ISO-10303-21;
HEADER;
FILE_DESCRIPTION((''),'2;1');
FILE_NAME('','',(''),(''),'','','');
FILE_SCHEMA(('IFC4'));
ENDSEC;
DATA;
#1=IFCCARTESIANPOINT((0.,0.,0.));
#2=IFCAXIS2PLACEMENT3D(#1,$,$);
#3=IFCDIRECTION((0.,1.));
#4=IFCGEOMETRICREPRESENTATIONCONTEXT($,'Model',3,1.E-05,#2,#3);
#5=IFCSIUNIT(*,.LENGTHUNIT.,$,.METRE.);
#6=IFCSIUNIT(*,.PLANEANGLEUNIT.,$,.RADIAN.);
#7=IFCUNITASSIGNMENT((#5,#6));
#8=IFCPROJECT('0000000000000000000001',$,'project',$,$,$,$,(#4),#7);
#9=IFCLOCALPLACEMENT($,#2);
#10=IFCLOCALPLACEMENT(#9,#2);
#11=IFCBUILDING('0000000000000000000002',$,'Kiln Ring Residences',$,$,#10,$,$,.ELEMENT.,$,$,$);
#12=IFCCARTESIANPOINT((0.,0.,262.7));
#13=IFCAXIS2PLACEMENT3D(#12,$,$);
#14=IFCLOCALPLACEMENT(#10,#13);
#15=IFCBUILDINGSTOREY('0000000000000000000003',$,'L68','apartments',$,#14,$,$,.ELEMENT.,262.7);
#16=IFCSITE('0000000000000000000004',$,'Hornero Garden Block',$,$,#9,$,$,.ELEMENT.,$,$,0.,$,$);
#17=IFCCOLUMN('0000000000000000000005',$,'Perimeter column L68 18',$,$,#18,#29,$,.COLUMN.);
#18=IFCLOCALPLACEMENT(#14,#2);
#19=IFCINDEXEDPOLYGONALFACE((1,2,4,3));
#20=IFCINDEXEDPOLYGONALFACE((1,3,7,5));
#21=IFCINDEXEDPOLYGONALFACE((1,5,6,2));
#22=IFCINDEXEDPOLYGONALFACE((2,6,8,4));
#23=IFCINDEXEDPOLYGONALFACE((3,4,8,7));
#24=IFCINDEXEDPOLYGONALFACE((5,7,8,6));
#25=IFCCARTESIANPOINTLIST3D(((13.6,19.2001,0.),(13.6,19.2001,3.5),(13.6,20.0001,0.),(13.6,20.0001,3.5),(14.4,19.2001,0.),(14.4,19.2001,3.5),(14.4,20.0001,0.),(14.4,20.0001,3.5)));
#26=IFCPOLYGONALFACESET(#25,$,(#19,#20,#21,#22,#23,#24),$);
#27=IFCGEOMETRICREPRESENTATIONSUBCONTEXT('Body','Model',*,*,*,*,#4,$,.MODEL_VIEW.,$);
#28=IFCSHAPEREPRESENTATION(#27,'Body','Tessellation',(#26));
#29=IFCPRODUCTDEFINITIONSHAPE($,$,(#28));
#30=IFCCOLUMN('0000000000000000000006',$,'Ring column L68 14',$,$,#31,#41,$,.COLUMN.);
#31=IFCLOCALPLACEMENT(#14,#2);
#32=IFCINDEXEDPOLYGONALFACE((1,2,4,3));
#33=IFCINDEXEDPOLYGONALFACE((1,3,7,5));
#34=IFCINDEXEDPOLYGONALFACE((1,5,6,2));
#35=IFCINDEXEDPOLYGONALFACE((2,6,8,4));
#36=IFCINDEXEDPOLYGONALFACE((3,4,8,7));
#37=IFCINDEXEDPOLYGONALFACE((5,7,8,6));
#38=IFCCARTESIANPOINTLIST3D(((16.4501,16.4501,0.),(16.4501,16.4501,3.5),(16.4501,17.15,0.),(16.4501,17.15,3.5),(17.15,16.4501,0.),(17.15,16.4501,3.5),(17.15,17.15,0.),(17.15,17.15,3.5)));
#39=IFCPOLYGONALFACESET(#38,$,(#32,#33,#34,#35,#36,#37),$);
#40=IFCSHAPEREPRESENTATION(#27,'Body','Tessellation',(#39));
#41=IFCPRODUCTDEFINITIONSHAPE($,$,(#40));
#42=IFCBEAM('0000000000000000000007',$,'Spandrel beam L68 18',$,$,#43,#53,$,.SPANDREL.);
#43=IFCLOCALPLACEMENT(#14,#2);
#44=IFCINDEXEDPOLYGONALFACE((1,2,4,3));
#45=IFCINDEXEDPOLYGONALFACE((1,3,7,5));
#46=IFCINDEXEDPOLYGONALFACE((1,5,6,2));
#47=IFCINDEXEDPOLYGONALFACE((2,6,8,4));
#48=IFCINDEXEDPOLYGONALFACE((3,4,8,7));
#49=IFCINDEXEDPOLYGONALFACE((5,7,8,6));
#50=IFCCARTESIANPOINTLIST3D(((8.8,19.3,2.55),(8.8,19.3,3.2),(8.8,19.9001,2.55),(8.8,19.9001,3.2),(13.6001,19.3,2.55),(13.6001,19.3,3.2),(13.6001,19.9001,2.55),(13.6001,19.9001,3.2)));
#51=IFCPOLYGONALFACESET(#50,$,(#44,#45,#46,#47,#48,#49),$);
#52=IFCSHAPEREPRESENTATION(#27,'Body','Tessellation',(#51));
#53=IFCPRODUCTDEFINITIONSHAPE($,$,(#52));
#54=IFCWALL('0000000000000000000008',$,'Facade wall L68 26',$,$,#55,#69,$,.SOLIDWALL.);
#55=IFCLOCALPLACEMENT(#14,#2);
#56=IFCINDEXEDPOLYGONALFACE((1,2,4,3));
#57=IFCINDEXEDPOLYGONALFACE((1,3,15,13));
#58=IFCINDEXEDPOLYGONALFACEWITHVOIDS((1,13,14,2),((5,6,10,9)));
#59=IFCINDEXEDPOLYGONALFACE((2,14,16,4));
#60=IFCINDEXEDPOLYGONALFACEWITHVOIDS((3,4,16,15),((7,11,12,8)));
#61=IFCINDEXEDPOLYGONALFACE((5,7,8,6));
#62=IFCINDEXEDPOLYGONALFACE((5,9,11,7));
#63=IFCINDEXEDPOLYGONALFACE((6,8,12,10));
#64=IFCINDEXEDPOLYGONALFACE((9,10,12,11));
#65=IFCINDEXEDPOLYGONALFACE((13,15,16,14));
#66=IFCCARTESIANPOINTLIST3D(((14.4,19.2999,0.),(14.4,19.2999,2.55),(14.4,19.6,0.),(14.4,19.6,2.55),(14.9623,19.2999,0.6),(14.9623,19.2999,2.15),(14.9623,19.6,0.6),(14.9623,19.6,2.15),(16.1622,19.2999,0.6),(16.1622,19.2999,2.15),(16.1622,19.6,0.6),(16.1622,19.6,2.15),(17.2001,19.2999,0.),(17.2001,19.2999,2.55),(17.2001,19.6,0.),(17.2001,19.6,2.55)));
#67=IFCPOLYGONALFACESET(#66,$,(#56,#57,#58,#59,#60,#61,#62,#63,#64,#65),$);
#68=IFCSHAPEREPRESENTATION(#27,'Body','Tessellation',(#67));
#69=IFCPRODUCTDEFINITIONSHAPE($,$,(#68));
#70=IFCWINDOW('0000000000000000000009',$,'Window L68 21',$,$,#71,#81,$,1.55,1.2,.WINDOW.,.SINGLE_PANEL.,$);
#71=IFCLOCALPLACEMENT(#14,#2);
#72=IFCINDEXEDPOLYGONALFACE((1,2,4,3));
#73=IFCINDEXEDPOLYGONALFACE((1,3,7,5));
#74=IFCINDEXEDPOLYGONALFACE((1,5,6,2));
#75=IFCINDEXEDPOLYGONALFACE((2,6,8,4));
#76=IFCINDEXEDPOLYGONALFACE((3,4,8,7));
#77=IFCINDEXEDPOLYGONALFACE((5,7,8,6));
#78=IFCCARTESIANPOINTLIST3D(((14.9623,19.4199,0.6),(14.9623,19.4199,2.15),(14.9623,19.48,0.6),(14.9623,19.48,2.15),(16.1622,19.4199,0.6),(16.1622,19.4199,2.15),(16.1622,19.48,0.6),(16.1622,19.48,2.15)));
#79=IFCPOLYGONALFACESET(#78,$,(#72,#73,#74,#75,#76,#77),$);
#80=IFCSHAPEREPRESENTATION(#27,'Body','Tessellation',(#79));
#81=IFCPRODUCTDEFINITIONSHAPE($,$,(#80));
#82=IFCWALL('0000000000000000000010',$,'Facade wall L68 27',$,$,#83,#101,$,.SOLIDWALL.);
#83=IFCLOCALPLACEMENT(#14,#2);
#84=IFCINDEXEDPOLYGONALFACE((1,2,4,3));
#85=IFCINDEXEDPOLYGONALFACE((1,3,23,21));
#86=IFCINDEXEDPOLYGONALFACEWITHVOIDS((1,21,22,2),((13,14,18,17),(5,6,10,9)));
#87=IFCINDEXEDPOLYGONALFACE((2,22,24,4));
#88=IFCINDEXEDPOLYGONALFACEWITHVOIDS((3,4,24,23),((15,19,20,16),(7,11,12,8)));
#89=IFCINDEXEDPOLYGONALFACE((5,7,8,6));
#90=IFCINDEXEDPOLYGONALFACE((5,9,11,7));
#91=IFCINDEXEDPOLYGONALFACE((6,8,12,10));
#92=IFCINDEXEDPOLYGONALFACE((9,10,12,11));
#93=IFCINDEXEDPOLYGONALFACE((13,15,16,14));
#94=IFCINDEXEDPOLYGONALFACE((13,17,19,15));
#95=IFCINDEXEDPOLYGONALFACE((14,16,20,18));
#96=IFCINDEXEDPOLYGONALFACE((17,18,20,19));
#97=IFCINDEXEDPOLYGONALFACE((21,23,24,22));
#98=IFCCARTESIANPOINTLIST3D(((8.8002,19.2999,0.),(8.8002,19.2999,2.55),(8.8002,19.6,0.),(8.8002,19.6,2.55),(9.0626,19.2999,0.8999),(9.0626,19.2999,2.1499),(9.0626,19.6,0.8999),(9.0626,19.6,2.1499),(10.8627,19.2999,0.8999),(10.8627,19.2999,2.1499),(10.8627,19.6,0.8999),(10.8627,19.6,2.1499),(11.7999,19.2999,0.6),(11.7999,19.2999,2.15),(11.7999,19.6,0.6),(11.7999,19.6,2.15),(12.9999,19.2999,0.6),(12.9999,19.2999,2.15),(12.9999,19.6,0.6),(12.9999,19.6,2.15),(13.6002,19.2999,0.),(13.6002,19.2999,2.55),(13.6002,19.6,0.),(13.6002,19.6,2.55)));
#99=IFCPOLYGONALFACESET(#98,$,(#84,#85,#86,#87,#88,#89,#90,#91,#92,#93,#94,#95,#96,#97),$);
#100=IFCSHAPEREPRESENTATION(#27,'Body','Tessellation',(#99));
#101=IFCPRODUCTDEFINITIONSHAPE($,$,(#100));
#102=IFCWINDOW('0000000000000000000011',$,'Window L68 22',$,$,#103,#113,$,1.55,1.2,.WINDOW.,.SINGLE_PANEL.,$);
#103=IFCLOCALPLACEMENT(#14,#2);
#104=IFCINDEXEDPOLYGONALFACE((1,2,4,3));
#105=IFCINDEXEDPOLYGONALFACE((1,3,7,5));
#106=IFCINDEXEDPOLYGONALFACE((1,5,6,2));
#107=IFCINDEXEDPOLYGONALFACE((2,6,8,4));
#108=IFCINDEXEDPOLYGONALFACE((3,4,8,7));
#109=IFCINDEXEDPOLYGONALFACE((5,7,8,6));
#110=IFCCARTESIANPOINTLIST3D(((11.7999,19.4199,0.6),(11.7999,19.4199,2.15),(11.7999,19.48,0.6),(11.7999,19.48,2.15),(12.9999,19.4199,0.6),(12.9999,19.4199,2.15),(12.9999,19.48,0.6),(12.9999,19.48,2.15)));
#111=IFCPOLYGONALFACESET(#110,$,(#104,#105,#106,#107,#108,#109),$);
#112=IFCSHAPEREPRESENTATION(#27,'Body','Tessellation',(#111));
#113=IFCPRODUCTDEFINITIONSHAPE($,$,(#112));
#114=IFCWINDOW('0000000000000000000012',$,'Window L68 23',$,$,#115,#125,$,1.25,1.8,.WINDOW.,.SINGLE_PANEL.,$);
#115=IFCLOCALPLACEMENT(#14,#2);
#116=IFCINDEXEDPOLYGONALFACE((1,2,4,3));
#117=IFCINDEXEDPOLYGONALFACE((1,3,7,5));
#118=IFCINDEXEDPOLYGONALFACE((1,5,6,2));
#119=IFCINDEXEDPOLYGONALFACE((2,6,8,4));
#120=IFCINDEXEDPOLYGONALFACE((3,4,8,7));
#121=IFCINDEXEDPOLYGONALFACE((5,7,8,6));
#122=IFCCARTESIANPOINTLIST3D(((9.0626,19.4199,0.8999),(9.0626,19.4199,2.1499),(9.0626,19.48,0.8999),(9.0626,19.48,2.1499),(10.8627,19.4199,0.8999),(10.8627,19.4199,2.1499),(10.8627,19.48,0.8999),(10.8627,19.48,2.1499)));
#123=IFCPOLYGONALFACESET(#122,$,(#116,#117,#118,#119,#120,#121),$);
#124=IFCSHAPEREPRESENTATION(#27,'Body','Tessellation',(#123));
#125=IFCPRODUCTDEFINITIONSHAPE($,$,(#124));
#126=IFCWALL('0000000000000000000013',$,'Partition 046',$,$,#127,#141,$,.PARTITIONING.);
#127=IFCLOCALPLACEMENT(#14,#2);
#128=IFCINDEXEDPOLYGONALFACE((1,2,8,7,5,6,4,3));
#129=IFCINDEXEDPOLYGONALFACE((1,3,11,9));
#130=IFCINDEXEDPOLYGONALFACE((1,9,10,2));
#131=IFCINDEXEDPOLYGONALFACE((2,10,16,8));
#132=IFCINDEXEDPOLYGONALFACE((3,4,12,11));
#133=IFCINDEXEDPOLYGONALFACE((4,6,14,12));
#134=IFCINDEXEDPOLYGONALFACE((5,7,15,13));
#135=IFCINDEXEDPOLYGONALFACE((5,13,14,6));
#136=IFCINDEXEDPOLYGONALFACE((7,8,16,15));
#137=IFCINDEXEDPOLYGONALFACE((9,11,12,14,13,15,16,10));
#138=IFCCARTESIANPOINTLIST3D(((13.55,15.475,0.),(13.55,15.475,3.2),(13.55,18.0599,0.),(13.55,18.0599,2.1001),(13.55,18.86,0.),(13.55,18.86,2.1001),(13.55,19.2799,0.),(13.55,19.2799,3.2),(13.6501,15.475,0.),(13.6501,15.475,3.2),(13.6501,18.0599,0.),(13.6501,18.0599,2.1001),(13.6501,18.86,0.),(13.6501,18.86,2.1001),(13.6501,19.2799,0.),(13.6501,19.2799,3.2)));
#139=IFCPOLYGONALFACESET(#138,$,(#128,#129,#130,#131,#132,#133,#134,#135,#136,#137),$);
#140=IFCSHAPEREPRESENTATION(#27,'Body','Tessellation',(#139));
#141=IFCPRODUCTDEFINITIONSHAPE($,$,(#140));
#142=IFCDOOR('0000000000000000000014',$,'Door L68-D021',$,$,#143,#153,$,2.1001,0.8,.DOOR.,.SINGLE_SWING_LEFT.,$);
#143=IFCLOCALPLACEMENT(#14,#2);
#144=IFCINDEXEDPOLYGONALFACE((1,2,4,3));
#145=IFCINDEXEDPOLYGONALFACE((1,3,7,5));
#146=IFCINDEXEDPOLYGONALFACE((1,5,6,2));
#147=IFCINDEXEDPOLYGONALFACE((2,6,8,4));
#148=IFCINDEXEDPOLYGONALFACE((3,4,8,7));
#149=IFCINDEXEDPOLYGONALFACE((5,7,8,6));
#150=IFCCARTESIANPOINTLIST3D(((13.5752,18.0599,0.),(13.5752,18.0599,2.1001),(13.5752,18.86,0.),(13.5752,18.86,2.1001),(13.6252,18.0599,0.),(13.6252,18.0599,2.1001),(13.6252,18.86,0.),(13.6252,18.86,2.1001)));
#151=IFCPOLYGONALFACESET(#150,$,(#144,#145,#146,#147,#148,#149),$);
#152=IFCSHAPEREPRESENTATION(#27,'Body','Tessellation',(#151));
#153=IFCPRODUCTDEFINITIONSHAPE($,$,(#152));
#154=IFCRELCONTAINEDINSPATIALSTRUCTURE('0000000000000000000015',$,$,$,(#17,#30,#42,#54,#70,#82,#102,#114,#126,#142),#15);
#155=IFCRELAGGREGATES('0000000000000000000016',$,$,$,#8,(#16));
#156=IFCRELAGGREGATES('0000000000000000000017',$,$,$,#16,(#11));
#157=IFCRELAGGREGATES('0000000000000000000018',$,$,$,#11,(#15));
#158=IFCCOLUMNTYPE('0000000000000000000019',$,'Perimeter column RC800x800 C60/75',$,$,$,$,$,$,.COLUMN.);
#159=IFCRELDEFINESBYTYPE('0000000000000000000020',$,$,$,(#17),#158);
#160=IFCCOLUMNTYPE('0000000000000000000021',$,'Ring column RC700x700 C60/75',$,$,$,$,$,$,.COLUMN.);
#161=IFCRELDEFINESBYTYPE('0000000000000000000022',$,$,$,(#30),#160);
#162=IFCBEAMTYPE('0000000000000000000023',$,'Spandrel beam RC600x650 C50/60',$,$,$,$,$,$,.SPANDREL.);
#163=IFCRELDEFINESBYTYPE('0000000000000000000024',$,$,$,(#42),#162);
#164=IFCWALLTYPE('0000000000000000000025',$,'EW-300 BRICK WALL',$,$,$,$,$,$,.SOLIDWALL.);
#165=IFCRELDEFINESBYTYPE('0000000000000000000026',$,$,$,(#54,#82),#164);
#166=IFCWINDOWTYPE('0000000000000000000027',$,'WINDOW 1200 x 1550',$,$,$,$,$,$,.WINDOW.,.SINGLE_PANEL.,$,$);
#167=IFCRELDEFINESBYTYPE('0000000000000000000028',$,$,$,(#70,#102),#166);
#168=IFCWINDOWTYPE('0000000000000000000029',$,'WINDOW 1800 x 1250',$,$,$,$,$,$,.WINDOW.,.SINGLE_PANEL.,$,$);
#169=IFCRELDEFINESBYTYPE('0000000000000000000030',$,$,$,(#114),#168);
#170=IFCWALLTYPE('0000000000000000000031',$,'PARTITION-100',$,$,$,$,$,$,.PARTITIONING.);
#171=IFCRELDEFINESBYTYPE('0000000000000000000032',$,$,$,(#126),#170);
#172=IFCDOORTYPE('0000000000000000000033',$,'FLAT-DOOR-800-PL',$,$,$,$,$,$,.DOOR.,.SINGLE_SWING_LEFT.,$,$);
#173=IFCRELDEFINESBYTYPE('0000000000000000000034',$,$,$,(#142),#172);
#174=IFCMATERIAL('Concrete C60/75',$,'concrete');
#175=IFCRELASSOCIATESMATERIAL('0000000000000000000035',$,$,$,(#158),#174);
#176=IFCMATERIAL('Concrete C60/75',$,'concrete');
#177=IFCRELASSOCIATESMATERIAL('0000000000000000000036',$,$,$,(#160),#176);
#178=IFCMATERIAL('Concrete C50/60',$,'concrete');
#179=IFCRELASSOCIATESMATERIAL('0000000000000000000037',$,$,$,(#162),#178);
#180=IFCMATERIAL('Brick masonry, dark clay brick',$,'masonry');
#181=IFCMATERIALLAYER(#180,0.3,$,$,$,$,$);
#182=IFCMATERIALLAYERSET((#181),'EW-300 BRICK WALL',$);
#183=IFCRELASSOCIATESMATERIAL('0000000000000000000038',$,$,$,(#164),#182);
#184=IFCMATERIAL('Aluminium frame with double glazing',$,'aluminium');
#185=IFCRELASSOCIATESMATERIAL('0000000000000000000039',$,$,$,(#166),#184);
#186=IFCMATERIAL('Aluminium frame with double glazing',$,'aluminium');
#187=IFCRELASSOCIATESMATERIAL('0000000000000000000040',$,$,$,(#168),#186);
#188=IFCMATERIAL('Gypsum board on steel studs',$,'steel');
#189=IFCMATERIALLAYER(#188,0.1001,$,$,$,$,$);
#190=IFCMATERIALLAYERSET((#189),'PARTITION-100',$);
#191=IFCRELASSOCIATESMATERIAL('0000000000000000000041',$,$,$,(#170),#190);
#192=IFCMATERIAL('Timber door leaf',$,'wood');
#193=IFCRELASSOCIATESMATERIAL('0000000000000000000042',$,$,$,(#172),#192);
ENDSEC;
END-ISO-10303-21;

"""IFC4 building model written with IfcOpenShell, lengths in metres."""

from ifc_helpers import new_model, si_unit, direction, frame, frame_2d, origin, origin_2d, place, context, subcontext, project, spatial, rectangle, extrude, material, layer, layer_set, material_profile, profile_set, type_object, element, fill, save


model = new_model("IFC4")

# Units and contexts
model_context = context("Model", 3, precision=1e-05, world=origin(), true_north=direction((0.0, 1.0)))
body_context = subcontext(model_context, "Body", "Model", "MODEL_VIEW")
ifc_project = project(units=[si_unit("LENGTHUNIT", "METRE"), si_unit("PLANEANGLEUNIT", "RADIAN")], contexts=[model_context])

# Site, building, storey
site_placement = place(None, origin())
site = spatial("IfcSite", under=ifc_project, at=site_placement, Name="Hornero Garden Block", CompositionType="ELEMENT", RefElevation=0.0)
building_placement = place(site_placement, origin())
building = spatial("IfcBuilding", under=site, at=building_placement, Name="Kiln Ring Residences", CompositionType="ELEMENT")
storey_placement = place(building_placement, frame((0.0, 0.0, 262.7)))
storey = spatial("IfcBuildingStorey", under=building, at=storey_placement, Name="L68", Description="apartments", CompositionType="ELEMENT", Elevation=262.7)

# Columns
ifc_material_1 = material(Name="Concrete C60/75", Category="concrete")
ifc_material_profile_1 = material_profile(ifc_material_1, rectangle(XDim=0.8, YDim=0.8, at=origin_2d()), Name="RC800x800")
ifc_profile_set_1 = profile_set([ifc_material_profile_1], Name="Concrete C60/75")
column_type_1 = type_object("IfcColumnType", Name="Perimeter column RC800x800 C60/75", PredefinedType="COLUMN", material=ifc_profile_set_1)
column_1_placement = place(storey_placement, frame((14.0, 19.6001, 0.0), z_axis=(0.0, 0.0, 1.0), x_axis=(1.0, 0.0, 0.0)))
element("IfcColumn", 1, at=column_1_placement, inside=storey, type_object=column_type_1, Name="Perimeter column L68 18", PredefinedType="COLUMN", context=body_context, shape_type="SweptSolid", body=[
    extrude(rectangle(XDim=0.8, YDim=0.8, at=origin_2d()), origin(), (0.0, 0.0, 1.0), 3.5),
])
ifc_material_2 = material(Name="Concrete C60/75", Category="concrete")
ifc_material_profile_2 = material_profile(ifc_material_2, rectangle(XDim=0.7, YDim=0.7, at=origin_2d()), Name="RC700x700")
ifc_profile_set_2 = profile_set([ifc_material_profile_2], Name="Concrete C60/75")
column_type_2 = type_object("IfcColumnType", Name="Ring column RC700x700 C60/75", PredefinedType="COLUMN", material=ifc_profile_set_2)
column_2_placement = place(storey_placement, frame((16.8, 16.8, 0.0), z_axis=(0.0, 0.0, 1.0), x_axis=(1.0, 0.0, 0.0)))
element("IfcColumn", 2, at=column_2_placement, inside=storey, type_object=column_type_2, Name="Ring column L68 14", PredefinedType="COLUMN", context=body_context, shape_type="SweptSolid", body=[
    extrude(rectangle(XDim=0.7, YDim=0.7, at=origin_2d()), origin(), (0.0, 0.0, 1.0), 3.5),
])

# Beam
ifc_material_3 = material(Name="Concrete C50/60", Category="concrete")
ifc_material_profile_3 = material_profile(ifc_material_3, rectangle(XDim=0.6001, YDim=0.6499, at=origin_2d()), Name="RC600x650")
ifc_profile_set_3 = profile_set([ifc_material_profile_3], Name="Concrete C50/60")
beam_type = type_object("IfcBeamType", Name="Spandrel beam RC600x650 C50/60", PredefinedType="SPANDREL", material=ifc_profile_set_3)
beam_placement = place(storey_placement, frame((13.6001, 19.6001, 2.875), z_axis=(-1.0, 0.0, 0.0), x_axis=(0.0, -1.0, 0.0)))
element("IfcBeam", 3, at=beam_placement, inside=storey, type_object=beam_type, Name="Spandrel beam L68 18", PredefinedType="SPANDREL", context=body_context, shape_type="SweptSolid", body=[
    extrude(rectangle(XDim=0.6001, YDim=0.6499, at=origin_2d()), origin(), (0.0, 0.0, 1.0), 4.8),
])

# Wall, opening, window
ifc_material_4 = material(Name="Brick masonry, dark clay brick", Category="masonry")
ifc_layer_1 = layer(ifc_material_4, 0.3)
ifc_layer_set_1 = layer_set([ifc_layer_1], Name="EW-300 BRICK WALL")
wall_type_1 = type_object("IfcWallType", Name="EW-300 BRICK WALL", PredefinedType="SOLIDWALL", material=ifc_layer_set_1)
wall_1_placement = place(storey_placement, frame((17.2, 19.45, 0.0), z_axis=(0.0, 0.0, 1.0), x_axis=(-1.0, 0.0, 0.0)))
wall_1 = element("IfcWall", 4, at=wall_1_placement, inside=storey, type_object=wall_type_1, Name="Facade wall L68 26", PredefinedType="SOLIDWALL", context=body_context, shape_type="SweptSolid", body=[
    extrude(rectangle(XDim=2.8, YDim=0.3, at=frame_2d((1.3999, 0.0))), origin(), (0.0, 0.0, 1.0), 2.55),
])
opening_1_placement = place(wall_1_placement, frame((1.0376, 0.0, 0.6001)))
opening_1 = element("IfcOpeningElement", 5, at=opening_1_placement, cuts=wall_1, PredefinedType="OPENING", context=body_context, shape_type="SweptSolid", body=[
    extrude(rectangle(XDim=1.2, YDim=1.55, at=frame_2d((0.6001, 0.7749))), frame((0.0, 0.1599, 0.0), z_axis=(0.0, -1.0, 0.0), x_axis=(1.0, 0.0, 0.0)), (0.0, 0.0, 1.0), 0.3201),
])
ifc_material_5 = material(Name="Aluminium frame with double glazing", Category="aluminium")
window_type_1 = type_object("IfcWindowType", Name="WINDOW 1200 x 1550", PartitioningType="SINGLE_PANEL", PredefinedType="WINDOW", material=ifc_material_5)
window_1_placement = place(opening_1_placement, origin())
window_1 = element("IfcWindow", 6, at=window_1_placement, inside=storey, type_object=window_type_1, Name="Window L68 21", OverallHeight=1.55, OverallWidth=1.2, PartitioningType="SINGLE_PANEL", PredefinedType="WINDOW", context=body_context, shape_type="SweptSolid", body=[
    extrude(rectangle(XDim=1.2, YDim=1.55, at=frame_2d((0.6001, 0.7749))), frame((0.0, 0.03, 0.0), z_axis=(0.0, -1.0, 0.0), x_axis=(1.0, 0.0, 0.0)), (0.0, 0.0, 1.0), 0.0601),
])
fill(opening_1, window_1)

# Wall, openings, windows
wall_2_placement = place(storey_placement, frame((13.6001, 19.45, 0.0), z_axis=(0.0, 0.0, 1.0), x_axis=(-1.0, 0.0, 0.0)))
wall_2 = element("IfcWall", 7, at=wall_2_placement, inside=storey, type_object=wall_type_1, Name="Facade wall L68 27", PredefinedType="SOLIDWALL", context=body_context, shape_type="SweptSolid", body=[
    extrude(rectangle(XDim=4.8, YDim=0.3, at=frame_2d((2.3999, 0.0))), origin(), (0.0, 0.0, 1.0), 2.55),
])
opening_2_placement = place(wall_2_placement, frame((0.6001, 0.0, 0.6001)))
opening_2 = element("IfcOpeningElement", 8, at=opening_2_placement, cuts=wall_2, PredefinedType="OPENING", context=body_context, shape_type="SweptSolid", body=[
    extrude(rectangle(XDim=1.2, YDim=1.55, at=frame_2d((0.6001, 0.7749))), frame((0.0, 0.1599, 0.0), z_axis=(0.0, -1.0, 0.0), x_axis=(1.0, 0.0, 0.0)), (0.0, 0.0, 1.0), 0.3201),
])
opening_3_placement = place(wall_2_placement, frame((2.7375, 0.0, 0.8999)))
opening_3 = element("IfcOpeningElement", 9, at=opening_3_placement, cuts=wall_2, PredefinedType="OPENING", context=body_context, shape_type="SweptSolid", body=[
    extrude(rectangle(XDim=1.8, YDim=1.25, at=frame_2d((0.8999, 0.625))), frame((0.0, 0.1599, 0.0), z_axis=(0.0, -1.0, 0.0), x_axis=(1.0, 0.0, 0.0)), (0.0, 0.0, 1.0), 0.3201),
])
window_2_placement = place(opening_2_placement, origin())
window_2 = element("IfcWindow", 10, at=window_2_placement, inside=storey, type_object=window_type_1, Name="Window L68 22", OverallHeight=1.55, OverallWidth=1.2, PartitioningType="SINGLE_PANEL", PredefinedType="WINDOW", context=body_context, shape_type="SweptSolid", body=[
    extrude(rectangle(XDim=1.2, YDim=1.55, at=frame_2d((0.6001, 0.7749))), frame((0.0, 0.03, 0.0), z_axis=(0.0, -1.0, 0.0), x_axis=(1.0, 0.0, 0.0)), (0.0, 0.0, 1.0), 0.0601),
])
fill(opening_2, window_2)
ifc_material_6 = material(Name="Aluminium frame with double glazing", Category="aluminium")
window_type_2 = type_object("IfcWindowType", Name="WINDOW 1800 x 1250", PartitioningType="SINGLE_PANEL", PredefinedType="WINDOW", material=ifc_material_6)
window_3_placement = place(opening_3_placement, origin())
window_3 = element("IfcWindow", 11, at=window_3_placement, inside=storey, type_object=window_type_2, Name="Window L68 23", OverallHeight=1.25, OverallWidth=1.8, PartitioningType="SINGLE_PANEL", PredefinedType="WINDOW", context=body_context, shape_type="SweptSolid", body=[
    extrude(rectangle(XDim=1.8, YDim=1.25, at=frame_2d((0.8999, 0.625))), frame((0.0, 0.03, 0.0), z_axis=(0.0, -1.0, 0.0), x_axis=(1.0, 0.0, 0.0)), (0.0, 0.0, 1.0), 0.0601),
])
fill(opening_3, window_3)

# Wall, opening, door
ifc_material_7 = material(Name="Gypsum board on steel studs", Category="steel")
ifc_layer_2 = layer(ifc_material_7, 0.1001)
ifc_layer_set_2 = layer_set([ifc_layer_2], Name="PARTITION-100")
wall_type_2 = type_object("IfcWallType", Name="PARTITION-100", PredefinedType="PARTITIONING", material=ifc_layer_set_2)
wall_3_placement = place(storey_placement, frame((13.6001, 15.4751, 0.0), z_axis=(0.0, 0.0, 1.0), x_axis=(0.0, 1.0, 0.0)))
wall_3 = element("IfcWall", 12, at=wall_3_placement, inside=storey, type_object=wall_type_2, Name="Partition 046", PredefinedType="PARTITIONING", context=body_context, shape_type="SweptSolid", body=[
    extrude(rectangle(XDim=3.8049, YDim=0.1001, at=frame_2d((1.9023, 0.0))), origin(), (0.0, 0.0, 1.0), 3.2),
])
opening_4_placement = place(wall_3_placement, frame((2.585, 0.0, 0.0)))
opening_4 = element("IfcOpeningElement", 13, at=opening_4_placement, cuts=wall_3, PredefinedType="OPENING", context=body_context, shape_type="SweptSolid", body=[
    extrude(rectangle(XDim=0.8, YDim=2.1001, at=frame_2d((0.3999, 1.05))), frame((0.0, 0.0601, 0.0), z_axis=(0.0, -1.0, 0.0), x_axis=(1.0, 0.0, 0.0)), (0.0, 0.0, 1.0), 0.1201),
])
ifc_material_8 = material(Name="Timber door leaf", Category="wood")
door_type_1 = type_object("IfcDoorType", Name="FLAT-DOOR-800-PL", OperationType="SINGLE_SWING_LEFT", PredefinedType="DOOR", material=ifc_material_8)
door_1_placement = place(opening_4_placement, origin())
door_1 = element("IfcDoor", 14, at=door_1_placement, inside=storey, type_object=door_type_1, Name="Door L68-D021", OperationType="SINGLE_SWING_LEFT", OverallHeight=2.1001, OverallWidth=0.8, PredefinedType="DOOR", context=body_context, shape_type="SweptSolid", body=[
    extrude(rectangle(XDim=0.8, YDim=2.1001, at=frame_2d((0.3999, 1.05))), frame((0.0, 0.0249, 0.0), z_axis=(0.0, -1.0, 0.0), x_axis=(1.0, 0.0, 0.0)), (0.0, 0.0, 1.0), 0.05),
])
fill(opening_4, door_1)

save(model, "model.ifc")
